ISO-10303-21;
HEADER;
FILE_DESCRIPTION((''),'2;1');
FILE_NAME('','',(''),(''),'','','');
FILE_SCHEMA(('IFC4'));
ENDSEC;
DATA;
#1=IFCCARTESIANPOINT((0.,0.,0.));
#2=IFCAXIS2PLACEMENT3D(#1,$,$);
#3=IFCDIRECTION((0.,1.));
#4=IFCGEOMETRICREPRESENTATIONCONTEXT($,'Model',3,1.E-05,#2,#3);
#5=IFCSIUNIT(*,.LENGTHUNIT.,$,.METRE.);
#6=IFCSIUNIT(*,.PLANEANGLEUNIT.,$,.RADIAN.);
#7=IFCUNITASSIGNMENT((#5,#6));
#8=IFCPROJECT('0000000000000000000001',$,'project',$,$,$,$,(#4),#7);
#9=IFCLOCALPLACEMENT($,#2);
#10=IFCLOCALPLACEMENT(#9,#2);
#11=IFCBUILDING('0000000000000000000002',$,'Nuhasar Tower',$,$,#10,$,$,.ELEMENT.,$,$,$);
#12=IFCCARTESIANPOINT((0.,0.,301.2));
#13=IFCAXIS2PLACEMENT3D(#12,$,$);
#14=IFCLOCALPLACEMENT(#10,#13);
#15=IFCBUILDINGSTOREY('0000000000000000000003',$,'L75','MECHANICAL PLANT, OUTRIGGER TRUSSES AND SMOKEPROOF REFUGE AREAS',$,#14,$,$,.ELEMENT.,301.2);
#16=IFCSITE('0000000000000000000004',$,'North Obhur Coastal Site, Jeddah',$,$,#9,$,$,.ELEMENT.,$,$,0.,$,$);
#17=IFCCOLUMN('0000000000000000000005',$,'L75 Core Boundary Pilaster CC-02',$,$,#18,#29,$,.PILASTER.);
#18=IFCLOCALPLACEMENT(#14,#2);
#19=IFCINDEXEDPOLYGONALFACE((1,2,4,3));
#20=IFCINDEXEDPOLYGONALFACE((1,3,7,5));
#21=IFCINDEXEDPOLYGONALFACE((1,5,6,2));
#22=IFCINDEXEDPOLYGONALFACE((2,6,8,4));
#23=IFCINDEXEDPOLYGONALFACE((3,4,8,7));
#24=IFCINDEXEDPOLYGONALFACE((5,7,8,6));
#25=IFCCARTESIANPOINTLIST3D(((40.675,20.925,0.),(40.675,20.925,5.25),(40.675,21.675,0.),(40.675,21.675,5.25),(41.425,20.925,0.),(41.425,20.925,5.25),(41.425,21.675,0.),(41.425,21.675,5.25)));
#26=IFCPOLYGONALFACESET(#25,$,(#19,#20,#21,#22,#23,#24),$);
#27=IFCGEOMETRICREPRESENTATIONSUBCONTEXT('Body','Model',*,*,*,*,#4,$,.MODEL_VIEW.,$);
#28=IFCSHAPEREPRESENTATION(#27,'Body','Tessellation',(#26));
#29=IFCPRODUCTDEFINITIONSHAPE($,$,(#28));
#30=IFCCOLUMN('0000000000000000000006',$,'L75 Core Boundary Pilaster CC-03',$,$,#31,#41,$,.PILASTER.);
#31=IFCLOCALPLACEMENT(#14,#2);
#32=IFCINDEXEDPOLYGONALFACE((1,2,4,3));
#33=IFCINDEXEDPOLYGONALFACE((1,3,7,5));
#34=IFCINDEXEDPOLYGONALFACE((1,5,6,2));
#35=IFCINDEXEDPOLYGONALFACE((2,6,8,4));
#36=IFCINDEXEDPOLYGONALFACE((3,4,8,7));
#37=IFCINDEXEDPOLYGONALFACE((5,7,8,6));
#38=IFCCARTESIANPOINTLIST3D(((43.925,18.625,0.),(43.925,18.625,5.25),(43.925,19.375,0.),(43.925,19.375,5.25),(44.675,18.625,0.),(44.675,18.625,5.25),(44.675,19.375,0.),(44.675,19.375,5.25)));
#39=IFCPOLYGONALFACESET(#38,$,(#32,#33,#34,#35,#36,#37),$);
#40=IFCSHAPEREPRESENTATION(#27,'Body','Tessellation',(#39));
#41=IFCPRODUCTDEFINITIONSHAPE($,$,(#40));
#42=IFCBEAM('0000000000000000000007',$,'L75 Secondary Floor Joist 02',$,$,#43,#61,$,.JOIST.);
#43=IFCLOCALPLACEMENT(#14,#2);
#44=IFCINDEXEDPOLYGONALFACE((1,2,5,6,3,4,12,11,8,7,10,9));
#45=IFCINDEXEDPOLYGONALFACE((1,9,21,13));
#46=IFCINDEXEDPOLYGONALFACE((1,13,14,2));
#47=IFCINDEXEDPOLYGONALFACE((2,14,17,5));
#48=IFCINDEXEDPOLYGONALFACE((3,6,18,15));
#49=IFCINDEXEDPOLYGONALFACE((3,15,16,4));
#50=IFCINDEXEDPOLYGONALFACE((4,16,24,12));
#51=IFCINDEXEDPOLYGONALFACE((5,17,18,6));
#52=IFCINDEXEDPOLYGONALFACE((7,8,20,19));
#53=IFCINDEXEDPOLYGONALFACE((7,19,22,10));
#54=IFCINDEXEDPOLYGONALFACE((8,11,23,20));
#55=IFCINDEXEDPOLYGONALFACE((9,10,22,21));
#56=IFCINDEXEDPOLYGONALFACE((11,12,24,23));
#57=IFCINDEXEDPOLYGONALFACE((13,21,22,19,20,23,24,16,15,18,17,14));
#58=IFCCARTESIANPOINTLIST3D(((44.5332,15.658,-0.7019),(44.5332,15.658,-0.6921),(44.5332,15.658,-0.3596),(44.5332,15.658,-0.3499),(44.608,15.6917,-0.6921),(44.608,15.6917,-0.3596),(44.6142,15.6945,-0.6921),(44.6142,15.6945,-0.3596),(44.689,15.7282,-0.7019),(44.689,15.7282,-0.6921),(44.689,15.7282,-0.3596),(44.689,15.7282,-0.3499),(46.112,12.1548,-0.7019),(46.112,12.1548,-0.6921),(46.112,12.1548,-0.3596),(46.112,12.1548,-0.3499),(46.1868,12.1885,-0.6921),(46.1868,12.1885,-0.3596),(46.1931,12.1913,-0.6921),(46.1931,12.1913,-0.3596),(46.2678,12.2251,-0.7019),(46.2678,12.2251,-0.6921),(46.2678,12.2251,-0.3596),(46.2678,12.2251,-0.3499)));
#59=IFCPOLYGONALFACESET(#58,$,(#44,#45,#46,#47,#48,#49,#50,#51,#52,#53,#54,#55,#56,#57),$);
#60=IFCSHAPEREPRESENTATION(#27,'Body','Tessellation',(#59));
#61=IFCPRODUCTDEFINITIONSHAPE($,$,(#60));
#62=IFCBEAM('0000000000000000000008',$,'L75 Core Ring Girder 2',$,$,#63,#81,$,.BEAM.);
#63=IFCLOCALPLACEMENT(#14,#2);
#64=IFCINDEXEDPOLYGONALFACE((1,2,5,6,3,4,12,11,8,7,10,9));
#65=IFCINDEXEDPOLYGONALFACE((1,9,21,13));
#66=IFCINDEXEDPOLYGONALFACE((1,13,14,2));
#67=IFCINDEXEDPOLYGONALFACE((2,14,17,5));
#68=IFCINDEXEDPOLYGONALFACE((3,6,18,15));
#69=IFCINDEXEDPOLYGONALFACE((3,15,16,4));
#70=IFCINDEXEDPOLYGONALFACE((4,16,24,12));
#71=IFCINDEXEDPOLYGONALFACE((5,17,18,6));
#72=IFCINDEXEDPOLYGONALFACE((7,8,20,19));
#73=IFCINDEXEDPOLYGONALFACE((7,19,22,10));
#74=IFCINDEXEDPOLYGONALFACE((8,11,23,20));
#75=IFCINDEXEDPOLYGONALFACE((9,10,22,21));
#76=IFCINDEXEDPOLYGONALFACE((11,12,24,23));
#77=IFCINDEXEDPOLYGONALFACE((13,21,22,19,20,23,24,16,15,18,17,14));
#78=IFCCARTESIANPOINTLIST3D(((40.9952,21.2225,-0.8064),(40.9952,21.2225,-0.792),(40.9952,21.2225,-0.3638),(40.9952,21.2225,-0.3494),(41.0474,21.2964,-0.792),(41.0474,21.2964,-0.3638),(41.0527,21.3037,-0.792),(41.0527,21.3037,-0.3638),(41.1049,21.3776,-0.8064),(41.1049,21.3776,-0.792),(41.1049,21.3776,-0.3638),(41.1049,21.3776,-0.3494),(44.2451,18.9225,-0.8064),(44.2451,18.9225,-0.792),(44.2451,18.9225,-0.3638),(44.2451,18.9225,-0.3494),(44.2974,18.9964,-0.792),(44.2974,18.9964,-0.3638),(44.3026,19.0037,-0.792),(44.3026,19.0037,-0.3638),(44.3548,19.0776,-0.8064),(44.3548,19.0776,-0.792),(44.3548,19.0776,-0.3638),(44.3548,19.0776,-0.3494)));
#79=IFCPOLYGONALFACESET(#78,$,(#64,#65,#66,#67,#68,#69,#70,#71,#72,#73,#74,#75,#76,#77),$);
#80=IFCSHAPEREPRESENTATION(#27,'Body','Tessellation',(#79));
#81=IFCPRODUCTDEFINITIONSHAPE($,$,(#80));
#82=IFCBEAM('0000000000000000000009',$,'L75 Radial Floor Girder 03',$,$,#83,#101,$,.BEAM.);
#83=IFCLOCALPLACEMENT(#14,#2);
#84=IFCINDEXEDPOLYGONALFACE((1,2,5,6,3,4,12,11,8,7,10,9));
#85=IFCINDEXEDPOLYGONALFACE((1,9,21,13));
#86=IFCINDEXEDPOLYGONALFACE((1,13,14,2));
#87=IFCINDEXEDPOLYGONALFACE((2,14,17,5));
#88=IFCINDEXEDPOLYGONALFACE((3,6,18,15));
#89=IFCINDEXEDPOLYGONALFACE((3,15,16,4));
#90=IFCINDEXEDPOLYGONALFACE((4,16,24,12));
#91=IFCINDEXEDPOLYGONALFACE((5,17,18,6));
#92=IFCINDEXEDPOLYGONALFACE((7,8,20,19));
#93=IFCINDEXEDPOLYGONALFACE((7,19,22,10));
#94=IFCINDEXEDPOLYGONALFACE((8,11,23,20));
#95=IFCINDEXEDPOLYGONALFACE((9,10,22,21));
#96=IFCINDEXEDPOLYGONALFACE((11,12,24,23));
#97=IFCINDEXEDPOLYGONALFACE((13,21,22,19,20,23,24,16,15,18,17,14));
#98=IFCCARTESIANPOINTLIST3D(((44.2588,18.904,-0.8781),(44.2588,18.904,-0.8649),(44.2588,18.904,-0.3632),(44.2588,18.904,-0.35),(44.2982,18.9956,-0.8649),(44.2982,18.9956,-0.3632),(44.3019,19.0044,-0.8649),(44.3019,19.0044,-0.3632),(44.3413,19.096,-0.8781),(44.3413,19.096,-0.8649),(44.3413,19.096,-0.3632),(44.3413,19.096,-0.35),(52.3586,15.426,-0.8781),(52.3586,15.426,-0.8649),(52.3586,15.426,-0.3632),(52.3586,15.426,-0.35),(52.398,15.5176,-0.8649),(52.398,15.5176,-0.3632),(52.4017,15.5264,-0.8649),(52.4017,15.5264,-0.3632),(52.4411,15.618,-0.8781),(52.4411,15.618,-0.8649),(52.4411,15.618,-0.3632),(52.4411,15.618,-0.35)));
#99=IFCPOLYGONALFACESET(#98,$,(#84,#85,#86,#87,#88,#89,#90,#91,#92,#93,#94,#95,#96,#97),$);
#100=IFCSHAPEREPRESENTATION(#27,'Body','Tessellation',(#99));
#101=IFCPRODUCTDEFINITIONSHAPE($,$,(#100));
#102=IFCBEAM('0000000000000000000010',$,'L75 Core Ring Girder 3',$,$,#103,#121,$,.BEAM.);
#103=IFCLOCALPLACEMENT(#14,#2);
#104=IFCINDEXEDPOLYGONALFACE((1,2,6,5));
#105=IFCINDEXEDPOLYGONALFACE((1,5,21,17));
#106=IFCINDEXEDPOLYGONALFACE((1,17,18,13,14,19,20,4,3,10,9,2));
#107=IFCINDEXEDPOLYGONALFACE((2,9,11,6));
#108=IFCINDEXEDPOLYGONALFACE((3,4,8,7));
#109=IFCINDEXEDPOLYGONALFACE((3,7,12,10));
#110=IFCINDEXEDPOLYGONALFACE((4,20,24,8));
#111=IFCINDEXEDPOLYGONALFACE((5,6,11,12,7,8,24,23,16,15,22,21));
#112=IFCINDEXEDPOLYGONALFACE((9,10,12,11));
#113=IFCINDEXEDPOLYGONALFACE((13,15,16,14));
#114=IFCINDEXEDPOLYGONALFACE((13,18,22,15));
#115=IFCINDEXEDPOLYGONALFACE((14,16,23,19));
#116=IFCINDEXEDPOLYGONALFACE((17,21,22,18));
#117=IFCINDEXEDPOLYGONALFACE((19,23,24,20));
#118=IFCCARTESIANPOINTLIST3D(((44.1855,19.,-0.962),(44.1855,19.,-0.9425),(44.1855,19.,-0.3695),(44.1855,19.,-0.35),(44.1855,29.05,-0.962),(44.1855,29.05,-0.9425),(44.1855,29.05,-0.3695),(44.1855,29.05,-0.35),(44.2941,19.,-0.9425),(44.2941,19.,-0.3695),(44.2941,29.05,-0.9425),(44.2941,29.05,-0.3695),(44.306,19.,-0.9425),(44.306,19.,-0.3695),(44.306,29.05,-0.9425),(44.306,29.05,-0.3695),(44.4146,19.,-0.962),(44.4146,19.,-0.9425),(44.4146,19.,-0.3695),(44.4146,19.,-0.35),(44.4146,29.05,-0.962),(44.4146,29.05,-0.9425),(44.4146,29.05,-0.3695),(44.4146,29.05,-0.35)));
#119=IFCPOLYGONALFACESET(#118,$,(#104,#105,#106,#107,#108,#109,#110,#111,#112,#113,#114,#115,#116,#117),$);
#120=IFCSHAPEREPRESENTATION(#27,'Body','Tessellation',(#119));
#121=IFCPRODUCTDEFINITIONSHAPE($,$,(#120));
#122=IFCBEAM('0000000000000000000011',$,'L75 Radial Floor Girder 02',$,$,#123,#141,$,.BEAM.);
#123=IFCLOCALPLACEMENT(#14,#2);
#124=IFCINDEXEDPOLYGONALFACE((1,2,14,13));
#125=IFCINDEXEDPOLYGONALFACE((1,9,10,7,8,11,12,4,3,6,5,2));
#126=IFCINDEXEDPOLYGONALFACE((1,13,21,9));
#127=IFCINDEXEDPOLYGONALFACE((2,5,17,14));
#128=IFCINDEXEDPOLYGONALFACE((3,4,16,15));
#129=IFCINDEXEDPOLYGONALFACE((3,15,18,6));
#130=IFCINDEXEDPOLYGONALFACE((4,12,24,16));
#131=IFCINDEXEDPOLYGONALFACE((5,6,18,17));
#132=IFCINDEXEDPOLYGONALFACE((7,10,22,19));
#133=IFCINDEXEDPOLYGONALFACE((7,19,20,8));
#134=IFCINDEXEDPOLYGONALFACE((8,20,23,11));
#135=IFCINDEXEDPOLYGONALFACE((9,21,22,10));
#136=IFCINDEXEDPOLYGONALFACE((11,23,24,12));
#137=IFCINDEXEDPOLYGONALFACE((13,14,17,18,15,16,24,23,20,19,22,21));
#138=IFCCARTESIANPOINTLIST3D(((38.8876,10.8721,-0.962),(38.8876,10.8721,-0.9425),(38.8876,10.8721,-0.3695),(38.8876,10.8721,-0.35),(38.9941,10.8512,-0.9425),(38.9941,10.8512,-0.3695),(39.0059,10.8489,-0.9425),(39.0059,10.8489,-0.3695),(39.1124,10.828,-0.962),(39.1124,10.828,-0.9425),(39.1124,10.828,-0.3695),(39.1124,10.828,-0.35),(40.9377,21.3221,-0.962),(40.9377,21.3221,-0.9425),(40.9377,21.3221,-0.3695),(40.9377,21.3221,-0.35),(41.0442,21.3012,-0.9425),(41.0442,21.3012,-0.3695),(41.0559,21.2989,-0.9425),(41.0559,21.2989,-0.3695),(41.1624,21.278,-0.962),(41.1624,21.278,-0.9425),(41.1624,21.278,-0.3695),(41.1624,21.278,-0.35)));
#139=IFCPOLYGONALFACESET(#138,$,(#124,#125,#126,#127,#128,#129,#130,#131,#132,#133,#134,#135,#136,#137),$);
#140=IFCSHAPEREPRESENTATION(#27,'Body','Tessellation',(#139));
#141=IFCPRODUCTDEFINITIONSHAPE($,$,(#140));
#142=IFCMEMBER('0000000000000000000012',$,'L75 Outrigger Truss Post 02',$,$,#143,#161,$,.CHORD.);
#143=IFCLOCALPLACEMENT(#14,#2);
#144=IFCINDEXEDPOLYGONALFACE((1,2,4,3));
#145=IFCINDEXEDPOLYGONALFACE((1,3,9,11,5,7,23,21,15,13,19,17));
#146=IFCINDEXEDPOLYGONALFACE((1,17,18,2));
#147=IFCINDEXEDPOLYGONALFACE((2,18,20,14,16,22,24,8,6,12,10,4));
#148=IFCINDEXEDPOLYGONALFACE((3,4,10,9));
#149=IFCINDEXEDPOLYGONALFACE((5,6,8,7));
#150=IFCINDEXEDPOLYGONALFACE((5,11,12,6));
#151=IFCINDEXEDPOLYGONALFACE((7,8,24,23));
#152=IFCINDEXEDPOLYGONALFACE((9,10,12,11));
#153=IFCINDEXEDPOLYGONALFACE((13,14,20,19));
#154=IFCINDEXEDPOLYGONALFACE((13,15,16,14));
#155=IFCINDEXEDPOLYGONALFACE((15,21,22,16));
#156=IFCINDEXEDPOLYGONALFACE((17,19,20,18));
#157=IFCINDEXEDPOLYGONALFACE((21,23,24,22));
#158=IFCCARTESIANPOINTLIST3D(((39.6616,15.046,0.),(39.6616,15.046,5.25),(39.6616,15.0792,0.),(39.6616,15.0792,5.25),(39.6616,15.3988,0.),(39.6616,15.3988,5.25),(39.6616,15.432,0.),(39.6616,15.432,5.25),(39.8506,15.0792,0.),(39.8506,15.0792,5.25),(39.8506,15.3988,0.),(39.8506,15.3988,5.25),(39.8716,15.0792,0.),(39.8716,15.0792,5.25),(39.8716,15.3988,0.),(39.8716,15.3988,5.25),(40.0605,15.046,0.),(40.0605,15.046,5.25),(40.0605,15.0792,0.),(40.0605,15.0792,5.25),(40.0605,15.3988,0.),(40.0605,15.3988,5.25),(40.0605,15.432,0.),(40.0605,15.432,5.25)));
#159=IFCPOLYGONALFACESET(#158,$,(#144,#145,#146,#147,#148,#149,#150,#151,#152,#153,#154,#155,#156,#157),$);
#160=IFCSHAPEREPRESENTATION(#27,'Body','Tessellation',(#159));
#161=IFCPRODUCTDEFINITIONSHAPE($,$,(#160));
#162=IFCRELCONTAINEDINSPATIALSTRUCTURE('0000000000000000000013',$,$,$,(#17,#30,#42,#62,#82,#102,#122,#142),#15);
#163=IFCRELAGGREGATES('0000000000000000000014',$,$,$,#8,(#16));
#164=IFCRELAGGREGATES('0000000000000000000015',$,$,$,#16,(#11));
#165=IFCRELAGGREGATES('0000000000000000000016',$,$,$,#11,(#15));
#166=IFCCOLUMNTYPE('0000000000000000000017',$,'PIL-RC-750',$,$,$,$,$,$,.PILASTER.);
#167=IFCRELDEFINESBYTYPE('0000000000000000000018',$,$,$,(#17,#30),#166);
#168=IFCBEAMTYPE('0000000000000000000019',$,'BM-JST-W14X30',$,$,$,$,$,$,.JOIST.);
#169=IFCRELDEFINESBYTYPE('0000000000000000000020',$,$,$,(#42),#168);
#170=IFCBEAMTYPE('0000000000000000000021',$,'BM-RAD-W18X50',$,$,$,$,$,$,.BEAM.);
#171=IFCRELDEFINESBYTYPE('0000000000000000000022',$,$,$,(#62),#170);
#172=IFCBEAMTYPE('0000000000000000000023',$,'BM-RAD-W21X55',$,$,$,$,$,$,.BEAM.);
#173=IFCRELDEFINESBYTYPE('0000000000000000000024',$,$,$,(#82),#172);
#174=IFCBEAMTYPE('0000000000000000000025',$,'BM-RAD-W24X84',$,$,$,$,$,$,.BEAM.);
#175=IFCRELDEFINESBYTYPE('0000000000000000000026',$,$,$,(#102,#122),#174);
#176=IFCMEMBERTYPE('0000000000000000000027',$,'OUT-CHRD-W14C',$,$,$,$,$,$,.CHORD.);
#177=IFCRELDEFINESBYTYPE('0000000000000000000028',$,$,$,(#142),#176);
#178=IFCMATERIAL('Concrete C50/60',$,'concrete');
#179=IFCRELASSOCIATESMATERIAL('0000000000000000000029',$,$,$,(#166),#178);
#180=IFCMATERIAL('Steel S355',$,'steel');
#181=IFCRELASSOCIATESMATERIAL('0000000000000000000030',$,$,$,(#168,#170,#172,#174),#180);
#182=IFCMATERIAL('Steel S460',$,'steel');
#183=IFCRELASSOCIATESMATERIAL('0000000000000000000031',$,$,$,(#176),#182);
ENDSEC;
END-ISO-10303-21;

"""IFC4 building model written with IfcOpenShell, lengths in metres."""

from ifc_helpers import new_model, si_unit, direction, frame, origin, origin_2d, place, context, subcontext, project, spatial, rectangle, i_section, extrude, material, material_profile, profile_set, type_object, element, save


model = new_model("IFC4")

# Units and contexts
model_context = context("Model", 3, precision=1e-05, world=origin(), true_north=direction((0.0, 1.0)))
body_context = subcontext(model_context, "Body", "Model", "MODEL_VIEW")
ifc_project = project(units=[si_unit("LENGTHUNIT", "METRE"), si_unit("PLANEANGLEUNIT", "RADIAN")], contexts=[model_context])

# Site, building, storey
site_placement = place(None, origin())
site = spatial("IfcSite", under=ifc_project, at=site_placement, Name="North Obhur Coastal Site, Jeddah", CompositionType="ELEMENT", RefElevation=0.0)
building_placement = place(site_placement, origin())
building = spatial("IfcBuilding", under=site, at=building_placement, Name="Nuhasar Tower", CompositionType="ELEMENT")
storey_placement = place(building_placement, frame((0.0, 0.0, 301.2)))
storey = spatial("IfcBuildingStorey", under=building, at=storey_placement, Name="L75", Description="MECHANICAL PLANT, OUTRIGGER TRUSSES AND SMOKEPROOF REFUGE AREAS", CompositionType="ELEMENT", Elevation=301.2)

# Columns
ifc_material_1 = material(Name="Concrete C50/60", Category="concrete")
ifc_material_profile_1 = material_profile(ifc_material_1, rectangle(XDim=0.75, YDim=0.75, at=origin_2d()), Name="RC750X750")
ifc_profile_set_1 = profile_set([ifc_material_profile_1], Name="Concrete C50/60")
column_type = type_object("IfcColumnType", Name="PIL-RC-750", PredefinedType="PILASTER", material=ifc_profile_set_1)
for number, where, z_axis, x_axis, name in (
    (1, (41.05, 21.3, 0.0), (0.0, 0.0, 1.0), (1.0, 0.0, 0.0), "L75 Core Boundary Pilaster CC-02"),
    (2, (44.3, 19.0, 0.0), (0.0, 0.0, 1.0), (1.0, 0.0, 0.0), "L75 Core Boundary Pilaster CC-03"),
):
    element("IfcColumn", number, at=place(storey_placement, frame(where, z_axis=z_axis, x_axis=x_axis)), inside=storey, type_object=column_type, Name=name, PredefinedType="PILASTER", context=body_context, shape_type="SweptSolid", body=[
        extrude(rectangle(XDim=0.75, YDim=0.75, at=origin_2d()), origin(), (0.0, 0.0, 1.0), 5.25),
    ])

# Beams
ifc_material_2 = material(Name="Steel S355", Category="steel")
ifc_material_profile_2 = material_profile(ifc_material_2, i_section(OverallWidth=0.1709, OverallDepth=0.3521, WebThickness=0.0068, FlangeThickness=0.0098, at=origin_2d()), Name="W14X30")
ifc_profile_set_2 = profile_set([ifc_material_profile_2], Name="Steel S355")
beam_type_1 = type_object("IfcBeamType", Name="BM-JST-W14X30", PredefinedType="JOIST", material=ifc_profile_set_2)
beam_1_placement = place(storey_placement, frame((44.6111, 15.6931, -0.5259), z_axis=(0.41089, -0.911685, 0.0), x_axis=(0.911685, 0.41089, 0.0)))
element("IfcBeam", 3, at=beam_1_placement, inside=storey, type_object=beam_type_1, Name="L75 Secondary Floor Joist 02", PredefinedType="JOIST", context=body_context, shape_type="SweptSolid", body=[
    extrude(i_section(OverallWidth=0.1709, OverallDepth=0.3521, WebThickness=0.0068, FlangeThickness=0.0098, at=origin_2d()), origin(), (0.0, 0.0, 1.0), 3.8425),
])
ifc_material_profile_3 = material_profile(ifc_material_2, i_section(OverallWidth=0.1899, OverallDepth=0.457, WebThickness=0.009, FlangeThickness=0.0144, at=origin_2d()), Name="W18X50")
ifc_profile_set_3 = profile_set([ifc_material_profile_3], Name="Steel S355")
beam_type_2 = type_object("IfcBeamType", Name="BM-RAD-W18X50", PredefinedType="BEAM", material=ifc_profile_set_3)
beam_2_placement = place(storey_placement, frame((41.05, 21.3, -0.5779), z_axis=(0.816265, -0.577677, 0.0), x_axis=(0.577677, 0.816265, 0.0)))
element("IfcBeam", 4, at=beam_2_placement, inside=storey, type_object=beam_type_2, Name="L75 Core Ring Girder 2", PredefinedType="BEAM", context=body_context, shape_type="SweptSolid", body=[
    extrude(i_section(OverallWidth=0.1899, OverallDepth=0.457, WebThickness=0.009, FlangeThickness=0.0144, at=origin_2d()), origin(), (0.0, 0.0, 1.0), 3.9814),
])
ifc_material_profile_4 = material_profile(ifc_material_2, i_section(OverallWidth=0.209, OverallDepth=0.5281, WebThickness=0.0095, FlangeThickness=0.0132, at=origin_2d()), Name="W21X55")
ifc_profile_set_4 = profile_set([ifc_material_profile_4], Name="Steel S355")
beam_type_3 = type_object("IfcBeamType", Name="BM-RAD-W21X55", PredefinedType="BEAM", material=ifc_profile_set_4)
beam_3_placement = place(storey_placement, frame((44.3, 19.0, -0.614), z_axis=(0.918871, -0.394558, 0.0), x_axis=(0.394558, 0.918871, 0.0)))
element("IfcBeam", 5, at=beam_3_placement, inside=storey, type_object=beam_type_3, Name="L75 Radial Floor Girder 03", PredefinedType="BEAM", context=body_context, shape_type="SweptSolid", body=[
    extrude(i_section(OverallWidth=0.209, OverallDepth=0.5281, WebThickness=0.0095, FlangeThickness=0.0132, at=origin_2d()), origin(), (0.0, 0.0, 1.0), 8.8149),
])
ifc_material_profile_5 = material_profile(ifc_material_2, i_section(OverallWidth=0.229, OverallDepth=0.6121, WebThickness=0.012, FlangeThickness=0.0195, at=origin_2d()), Name="W24X84")
ifc_profile_set_5 = profile_set([ifc_material_profile_5], Name="Steel S355")
beam_type_4 = type_object("IfcBeamType", Name="BM-RAD-W24X84", PredefinedType="BEAM", material=ifc_profile_set_5)
beam_4_placement = place(storey_placement, frame((44.3, 19.0, -0.656), z_axis=(0.0, 1.0, 0.0), x_axis=(-1.0, 0.0, 0.0)))
element("IfcBeam", 6, at=beam_4_placement, inside=storey, type_object=beam_type_4, Name="L75 Core Ring Girder 3", PredefinedType="BEAM", context=body_context, shape_type="SweptSolid", body=[
    extrude(i_section(OverallWidth=0.229, OverallDepth=0.6121, WebThickness=0.012, FlangeThickness=0.0195, at=origin_2d()), origin(), (0.0, 0.0, 1.0), 10.05),
])
beam_5_placement = place(storey_placement, frame((41.05, 21.3, -0.656), z_axis=(-0.192508, -0.981295, 0.0), x_axis=(0.981295, -0.192508, 0.0)))
element("IfcBeam", 7, at=beam_5_placement, inside=storey, type_object=beam_type_4, Name="L75 Radial Floor Girder 02", PredefinedType="BEAM", context=body_context, shape_type="SweptSolid", body=[
    extrude(i_section(OverallWidth=0.229, OverallDepth=0.6121, WebThickness=0.012, FlangeThickness=0.0195, at=origin_2d()), origin(), (0.0, 0.0, 1.0), 10.6492),
])

# Member
ifc_material_3 = material(Name="Steel S460", Category="steel")
ifc_material_profile_6 = material_profile(ifc_material_3, i_section(OverallWidth=0.3989, OverallDepth=0.386, WebThickness=0.021, FlangeThickness=0.0332, at=origin_2d()), Name="W14X176")
ifc_profile_set_6 = profile_set([ifc_material_profile_6], Name="Steel S460")
member_type_1 = type_object("IfcMemberType", Name="OUT-CHRD-W14C", PredefinedType="CHORD", material=ifc_profile_set_6)
member_1_placement = place(storey_placement, frame((39.8611, 15.239, 0.0), z_axis=(0.0, 0.0, 1.0), x_axis=(1.0, 0.0, 0.0)))
element("IfcMember", 8, at=member_1_placement, inside=storey, type_object=member_type_1, Name="L75 Outrigger Truss Post 02", PredefinedType="CHORD", context=body_context, shape_type="SweptSolid", body=[
    extrude(i_section(OverallWidth=0.3989, OverallDepth=0.386, WebThickness=0.021, FlangeThickness=0.0332, at=origin_2d()), origin(), (0.0, 0.0, 1.0), 5.25),
])

save(model, "model.ifc")
